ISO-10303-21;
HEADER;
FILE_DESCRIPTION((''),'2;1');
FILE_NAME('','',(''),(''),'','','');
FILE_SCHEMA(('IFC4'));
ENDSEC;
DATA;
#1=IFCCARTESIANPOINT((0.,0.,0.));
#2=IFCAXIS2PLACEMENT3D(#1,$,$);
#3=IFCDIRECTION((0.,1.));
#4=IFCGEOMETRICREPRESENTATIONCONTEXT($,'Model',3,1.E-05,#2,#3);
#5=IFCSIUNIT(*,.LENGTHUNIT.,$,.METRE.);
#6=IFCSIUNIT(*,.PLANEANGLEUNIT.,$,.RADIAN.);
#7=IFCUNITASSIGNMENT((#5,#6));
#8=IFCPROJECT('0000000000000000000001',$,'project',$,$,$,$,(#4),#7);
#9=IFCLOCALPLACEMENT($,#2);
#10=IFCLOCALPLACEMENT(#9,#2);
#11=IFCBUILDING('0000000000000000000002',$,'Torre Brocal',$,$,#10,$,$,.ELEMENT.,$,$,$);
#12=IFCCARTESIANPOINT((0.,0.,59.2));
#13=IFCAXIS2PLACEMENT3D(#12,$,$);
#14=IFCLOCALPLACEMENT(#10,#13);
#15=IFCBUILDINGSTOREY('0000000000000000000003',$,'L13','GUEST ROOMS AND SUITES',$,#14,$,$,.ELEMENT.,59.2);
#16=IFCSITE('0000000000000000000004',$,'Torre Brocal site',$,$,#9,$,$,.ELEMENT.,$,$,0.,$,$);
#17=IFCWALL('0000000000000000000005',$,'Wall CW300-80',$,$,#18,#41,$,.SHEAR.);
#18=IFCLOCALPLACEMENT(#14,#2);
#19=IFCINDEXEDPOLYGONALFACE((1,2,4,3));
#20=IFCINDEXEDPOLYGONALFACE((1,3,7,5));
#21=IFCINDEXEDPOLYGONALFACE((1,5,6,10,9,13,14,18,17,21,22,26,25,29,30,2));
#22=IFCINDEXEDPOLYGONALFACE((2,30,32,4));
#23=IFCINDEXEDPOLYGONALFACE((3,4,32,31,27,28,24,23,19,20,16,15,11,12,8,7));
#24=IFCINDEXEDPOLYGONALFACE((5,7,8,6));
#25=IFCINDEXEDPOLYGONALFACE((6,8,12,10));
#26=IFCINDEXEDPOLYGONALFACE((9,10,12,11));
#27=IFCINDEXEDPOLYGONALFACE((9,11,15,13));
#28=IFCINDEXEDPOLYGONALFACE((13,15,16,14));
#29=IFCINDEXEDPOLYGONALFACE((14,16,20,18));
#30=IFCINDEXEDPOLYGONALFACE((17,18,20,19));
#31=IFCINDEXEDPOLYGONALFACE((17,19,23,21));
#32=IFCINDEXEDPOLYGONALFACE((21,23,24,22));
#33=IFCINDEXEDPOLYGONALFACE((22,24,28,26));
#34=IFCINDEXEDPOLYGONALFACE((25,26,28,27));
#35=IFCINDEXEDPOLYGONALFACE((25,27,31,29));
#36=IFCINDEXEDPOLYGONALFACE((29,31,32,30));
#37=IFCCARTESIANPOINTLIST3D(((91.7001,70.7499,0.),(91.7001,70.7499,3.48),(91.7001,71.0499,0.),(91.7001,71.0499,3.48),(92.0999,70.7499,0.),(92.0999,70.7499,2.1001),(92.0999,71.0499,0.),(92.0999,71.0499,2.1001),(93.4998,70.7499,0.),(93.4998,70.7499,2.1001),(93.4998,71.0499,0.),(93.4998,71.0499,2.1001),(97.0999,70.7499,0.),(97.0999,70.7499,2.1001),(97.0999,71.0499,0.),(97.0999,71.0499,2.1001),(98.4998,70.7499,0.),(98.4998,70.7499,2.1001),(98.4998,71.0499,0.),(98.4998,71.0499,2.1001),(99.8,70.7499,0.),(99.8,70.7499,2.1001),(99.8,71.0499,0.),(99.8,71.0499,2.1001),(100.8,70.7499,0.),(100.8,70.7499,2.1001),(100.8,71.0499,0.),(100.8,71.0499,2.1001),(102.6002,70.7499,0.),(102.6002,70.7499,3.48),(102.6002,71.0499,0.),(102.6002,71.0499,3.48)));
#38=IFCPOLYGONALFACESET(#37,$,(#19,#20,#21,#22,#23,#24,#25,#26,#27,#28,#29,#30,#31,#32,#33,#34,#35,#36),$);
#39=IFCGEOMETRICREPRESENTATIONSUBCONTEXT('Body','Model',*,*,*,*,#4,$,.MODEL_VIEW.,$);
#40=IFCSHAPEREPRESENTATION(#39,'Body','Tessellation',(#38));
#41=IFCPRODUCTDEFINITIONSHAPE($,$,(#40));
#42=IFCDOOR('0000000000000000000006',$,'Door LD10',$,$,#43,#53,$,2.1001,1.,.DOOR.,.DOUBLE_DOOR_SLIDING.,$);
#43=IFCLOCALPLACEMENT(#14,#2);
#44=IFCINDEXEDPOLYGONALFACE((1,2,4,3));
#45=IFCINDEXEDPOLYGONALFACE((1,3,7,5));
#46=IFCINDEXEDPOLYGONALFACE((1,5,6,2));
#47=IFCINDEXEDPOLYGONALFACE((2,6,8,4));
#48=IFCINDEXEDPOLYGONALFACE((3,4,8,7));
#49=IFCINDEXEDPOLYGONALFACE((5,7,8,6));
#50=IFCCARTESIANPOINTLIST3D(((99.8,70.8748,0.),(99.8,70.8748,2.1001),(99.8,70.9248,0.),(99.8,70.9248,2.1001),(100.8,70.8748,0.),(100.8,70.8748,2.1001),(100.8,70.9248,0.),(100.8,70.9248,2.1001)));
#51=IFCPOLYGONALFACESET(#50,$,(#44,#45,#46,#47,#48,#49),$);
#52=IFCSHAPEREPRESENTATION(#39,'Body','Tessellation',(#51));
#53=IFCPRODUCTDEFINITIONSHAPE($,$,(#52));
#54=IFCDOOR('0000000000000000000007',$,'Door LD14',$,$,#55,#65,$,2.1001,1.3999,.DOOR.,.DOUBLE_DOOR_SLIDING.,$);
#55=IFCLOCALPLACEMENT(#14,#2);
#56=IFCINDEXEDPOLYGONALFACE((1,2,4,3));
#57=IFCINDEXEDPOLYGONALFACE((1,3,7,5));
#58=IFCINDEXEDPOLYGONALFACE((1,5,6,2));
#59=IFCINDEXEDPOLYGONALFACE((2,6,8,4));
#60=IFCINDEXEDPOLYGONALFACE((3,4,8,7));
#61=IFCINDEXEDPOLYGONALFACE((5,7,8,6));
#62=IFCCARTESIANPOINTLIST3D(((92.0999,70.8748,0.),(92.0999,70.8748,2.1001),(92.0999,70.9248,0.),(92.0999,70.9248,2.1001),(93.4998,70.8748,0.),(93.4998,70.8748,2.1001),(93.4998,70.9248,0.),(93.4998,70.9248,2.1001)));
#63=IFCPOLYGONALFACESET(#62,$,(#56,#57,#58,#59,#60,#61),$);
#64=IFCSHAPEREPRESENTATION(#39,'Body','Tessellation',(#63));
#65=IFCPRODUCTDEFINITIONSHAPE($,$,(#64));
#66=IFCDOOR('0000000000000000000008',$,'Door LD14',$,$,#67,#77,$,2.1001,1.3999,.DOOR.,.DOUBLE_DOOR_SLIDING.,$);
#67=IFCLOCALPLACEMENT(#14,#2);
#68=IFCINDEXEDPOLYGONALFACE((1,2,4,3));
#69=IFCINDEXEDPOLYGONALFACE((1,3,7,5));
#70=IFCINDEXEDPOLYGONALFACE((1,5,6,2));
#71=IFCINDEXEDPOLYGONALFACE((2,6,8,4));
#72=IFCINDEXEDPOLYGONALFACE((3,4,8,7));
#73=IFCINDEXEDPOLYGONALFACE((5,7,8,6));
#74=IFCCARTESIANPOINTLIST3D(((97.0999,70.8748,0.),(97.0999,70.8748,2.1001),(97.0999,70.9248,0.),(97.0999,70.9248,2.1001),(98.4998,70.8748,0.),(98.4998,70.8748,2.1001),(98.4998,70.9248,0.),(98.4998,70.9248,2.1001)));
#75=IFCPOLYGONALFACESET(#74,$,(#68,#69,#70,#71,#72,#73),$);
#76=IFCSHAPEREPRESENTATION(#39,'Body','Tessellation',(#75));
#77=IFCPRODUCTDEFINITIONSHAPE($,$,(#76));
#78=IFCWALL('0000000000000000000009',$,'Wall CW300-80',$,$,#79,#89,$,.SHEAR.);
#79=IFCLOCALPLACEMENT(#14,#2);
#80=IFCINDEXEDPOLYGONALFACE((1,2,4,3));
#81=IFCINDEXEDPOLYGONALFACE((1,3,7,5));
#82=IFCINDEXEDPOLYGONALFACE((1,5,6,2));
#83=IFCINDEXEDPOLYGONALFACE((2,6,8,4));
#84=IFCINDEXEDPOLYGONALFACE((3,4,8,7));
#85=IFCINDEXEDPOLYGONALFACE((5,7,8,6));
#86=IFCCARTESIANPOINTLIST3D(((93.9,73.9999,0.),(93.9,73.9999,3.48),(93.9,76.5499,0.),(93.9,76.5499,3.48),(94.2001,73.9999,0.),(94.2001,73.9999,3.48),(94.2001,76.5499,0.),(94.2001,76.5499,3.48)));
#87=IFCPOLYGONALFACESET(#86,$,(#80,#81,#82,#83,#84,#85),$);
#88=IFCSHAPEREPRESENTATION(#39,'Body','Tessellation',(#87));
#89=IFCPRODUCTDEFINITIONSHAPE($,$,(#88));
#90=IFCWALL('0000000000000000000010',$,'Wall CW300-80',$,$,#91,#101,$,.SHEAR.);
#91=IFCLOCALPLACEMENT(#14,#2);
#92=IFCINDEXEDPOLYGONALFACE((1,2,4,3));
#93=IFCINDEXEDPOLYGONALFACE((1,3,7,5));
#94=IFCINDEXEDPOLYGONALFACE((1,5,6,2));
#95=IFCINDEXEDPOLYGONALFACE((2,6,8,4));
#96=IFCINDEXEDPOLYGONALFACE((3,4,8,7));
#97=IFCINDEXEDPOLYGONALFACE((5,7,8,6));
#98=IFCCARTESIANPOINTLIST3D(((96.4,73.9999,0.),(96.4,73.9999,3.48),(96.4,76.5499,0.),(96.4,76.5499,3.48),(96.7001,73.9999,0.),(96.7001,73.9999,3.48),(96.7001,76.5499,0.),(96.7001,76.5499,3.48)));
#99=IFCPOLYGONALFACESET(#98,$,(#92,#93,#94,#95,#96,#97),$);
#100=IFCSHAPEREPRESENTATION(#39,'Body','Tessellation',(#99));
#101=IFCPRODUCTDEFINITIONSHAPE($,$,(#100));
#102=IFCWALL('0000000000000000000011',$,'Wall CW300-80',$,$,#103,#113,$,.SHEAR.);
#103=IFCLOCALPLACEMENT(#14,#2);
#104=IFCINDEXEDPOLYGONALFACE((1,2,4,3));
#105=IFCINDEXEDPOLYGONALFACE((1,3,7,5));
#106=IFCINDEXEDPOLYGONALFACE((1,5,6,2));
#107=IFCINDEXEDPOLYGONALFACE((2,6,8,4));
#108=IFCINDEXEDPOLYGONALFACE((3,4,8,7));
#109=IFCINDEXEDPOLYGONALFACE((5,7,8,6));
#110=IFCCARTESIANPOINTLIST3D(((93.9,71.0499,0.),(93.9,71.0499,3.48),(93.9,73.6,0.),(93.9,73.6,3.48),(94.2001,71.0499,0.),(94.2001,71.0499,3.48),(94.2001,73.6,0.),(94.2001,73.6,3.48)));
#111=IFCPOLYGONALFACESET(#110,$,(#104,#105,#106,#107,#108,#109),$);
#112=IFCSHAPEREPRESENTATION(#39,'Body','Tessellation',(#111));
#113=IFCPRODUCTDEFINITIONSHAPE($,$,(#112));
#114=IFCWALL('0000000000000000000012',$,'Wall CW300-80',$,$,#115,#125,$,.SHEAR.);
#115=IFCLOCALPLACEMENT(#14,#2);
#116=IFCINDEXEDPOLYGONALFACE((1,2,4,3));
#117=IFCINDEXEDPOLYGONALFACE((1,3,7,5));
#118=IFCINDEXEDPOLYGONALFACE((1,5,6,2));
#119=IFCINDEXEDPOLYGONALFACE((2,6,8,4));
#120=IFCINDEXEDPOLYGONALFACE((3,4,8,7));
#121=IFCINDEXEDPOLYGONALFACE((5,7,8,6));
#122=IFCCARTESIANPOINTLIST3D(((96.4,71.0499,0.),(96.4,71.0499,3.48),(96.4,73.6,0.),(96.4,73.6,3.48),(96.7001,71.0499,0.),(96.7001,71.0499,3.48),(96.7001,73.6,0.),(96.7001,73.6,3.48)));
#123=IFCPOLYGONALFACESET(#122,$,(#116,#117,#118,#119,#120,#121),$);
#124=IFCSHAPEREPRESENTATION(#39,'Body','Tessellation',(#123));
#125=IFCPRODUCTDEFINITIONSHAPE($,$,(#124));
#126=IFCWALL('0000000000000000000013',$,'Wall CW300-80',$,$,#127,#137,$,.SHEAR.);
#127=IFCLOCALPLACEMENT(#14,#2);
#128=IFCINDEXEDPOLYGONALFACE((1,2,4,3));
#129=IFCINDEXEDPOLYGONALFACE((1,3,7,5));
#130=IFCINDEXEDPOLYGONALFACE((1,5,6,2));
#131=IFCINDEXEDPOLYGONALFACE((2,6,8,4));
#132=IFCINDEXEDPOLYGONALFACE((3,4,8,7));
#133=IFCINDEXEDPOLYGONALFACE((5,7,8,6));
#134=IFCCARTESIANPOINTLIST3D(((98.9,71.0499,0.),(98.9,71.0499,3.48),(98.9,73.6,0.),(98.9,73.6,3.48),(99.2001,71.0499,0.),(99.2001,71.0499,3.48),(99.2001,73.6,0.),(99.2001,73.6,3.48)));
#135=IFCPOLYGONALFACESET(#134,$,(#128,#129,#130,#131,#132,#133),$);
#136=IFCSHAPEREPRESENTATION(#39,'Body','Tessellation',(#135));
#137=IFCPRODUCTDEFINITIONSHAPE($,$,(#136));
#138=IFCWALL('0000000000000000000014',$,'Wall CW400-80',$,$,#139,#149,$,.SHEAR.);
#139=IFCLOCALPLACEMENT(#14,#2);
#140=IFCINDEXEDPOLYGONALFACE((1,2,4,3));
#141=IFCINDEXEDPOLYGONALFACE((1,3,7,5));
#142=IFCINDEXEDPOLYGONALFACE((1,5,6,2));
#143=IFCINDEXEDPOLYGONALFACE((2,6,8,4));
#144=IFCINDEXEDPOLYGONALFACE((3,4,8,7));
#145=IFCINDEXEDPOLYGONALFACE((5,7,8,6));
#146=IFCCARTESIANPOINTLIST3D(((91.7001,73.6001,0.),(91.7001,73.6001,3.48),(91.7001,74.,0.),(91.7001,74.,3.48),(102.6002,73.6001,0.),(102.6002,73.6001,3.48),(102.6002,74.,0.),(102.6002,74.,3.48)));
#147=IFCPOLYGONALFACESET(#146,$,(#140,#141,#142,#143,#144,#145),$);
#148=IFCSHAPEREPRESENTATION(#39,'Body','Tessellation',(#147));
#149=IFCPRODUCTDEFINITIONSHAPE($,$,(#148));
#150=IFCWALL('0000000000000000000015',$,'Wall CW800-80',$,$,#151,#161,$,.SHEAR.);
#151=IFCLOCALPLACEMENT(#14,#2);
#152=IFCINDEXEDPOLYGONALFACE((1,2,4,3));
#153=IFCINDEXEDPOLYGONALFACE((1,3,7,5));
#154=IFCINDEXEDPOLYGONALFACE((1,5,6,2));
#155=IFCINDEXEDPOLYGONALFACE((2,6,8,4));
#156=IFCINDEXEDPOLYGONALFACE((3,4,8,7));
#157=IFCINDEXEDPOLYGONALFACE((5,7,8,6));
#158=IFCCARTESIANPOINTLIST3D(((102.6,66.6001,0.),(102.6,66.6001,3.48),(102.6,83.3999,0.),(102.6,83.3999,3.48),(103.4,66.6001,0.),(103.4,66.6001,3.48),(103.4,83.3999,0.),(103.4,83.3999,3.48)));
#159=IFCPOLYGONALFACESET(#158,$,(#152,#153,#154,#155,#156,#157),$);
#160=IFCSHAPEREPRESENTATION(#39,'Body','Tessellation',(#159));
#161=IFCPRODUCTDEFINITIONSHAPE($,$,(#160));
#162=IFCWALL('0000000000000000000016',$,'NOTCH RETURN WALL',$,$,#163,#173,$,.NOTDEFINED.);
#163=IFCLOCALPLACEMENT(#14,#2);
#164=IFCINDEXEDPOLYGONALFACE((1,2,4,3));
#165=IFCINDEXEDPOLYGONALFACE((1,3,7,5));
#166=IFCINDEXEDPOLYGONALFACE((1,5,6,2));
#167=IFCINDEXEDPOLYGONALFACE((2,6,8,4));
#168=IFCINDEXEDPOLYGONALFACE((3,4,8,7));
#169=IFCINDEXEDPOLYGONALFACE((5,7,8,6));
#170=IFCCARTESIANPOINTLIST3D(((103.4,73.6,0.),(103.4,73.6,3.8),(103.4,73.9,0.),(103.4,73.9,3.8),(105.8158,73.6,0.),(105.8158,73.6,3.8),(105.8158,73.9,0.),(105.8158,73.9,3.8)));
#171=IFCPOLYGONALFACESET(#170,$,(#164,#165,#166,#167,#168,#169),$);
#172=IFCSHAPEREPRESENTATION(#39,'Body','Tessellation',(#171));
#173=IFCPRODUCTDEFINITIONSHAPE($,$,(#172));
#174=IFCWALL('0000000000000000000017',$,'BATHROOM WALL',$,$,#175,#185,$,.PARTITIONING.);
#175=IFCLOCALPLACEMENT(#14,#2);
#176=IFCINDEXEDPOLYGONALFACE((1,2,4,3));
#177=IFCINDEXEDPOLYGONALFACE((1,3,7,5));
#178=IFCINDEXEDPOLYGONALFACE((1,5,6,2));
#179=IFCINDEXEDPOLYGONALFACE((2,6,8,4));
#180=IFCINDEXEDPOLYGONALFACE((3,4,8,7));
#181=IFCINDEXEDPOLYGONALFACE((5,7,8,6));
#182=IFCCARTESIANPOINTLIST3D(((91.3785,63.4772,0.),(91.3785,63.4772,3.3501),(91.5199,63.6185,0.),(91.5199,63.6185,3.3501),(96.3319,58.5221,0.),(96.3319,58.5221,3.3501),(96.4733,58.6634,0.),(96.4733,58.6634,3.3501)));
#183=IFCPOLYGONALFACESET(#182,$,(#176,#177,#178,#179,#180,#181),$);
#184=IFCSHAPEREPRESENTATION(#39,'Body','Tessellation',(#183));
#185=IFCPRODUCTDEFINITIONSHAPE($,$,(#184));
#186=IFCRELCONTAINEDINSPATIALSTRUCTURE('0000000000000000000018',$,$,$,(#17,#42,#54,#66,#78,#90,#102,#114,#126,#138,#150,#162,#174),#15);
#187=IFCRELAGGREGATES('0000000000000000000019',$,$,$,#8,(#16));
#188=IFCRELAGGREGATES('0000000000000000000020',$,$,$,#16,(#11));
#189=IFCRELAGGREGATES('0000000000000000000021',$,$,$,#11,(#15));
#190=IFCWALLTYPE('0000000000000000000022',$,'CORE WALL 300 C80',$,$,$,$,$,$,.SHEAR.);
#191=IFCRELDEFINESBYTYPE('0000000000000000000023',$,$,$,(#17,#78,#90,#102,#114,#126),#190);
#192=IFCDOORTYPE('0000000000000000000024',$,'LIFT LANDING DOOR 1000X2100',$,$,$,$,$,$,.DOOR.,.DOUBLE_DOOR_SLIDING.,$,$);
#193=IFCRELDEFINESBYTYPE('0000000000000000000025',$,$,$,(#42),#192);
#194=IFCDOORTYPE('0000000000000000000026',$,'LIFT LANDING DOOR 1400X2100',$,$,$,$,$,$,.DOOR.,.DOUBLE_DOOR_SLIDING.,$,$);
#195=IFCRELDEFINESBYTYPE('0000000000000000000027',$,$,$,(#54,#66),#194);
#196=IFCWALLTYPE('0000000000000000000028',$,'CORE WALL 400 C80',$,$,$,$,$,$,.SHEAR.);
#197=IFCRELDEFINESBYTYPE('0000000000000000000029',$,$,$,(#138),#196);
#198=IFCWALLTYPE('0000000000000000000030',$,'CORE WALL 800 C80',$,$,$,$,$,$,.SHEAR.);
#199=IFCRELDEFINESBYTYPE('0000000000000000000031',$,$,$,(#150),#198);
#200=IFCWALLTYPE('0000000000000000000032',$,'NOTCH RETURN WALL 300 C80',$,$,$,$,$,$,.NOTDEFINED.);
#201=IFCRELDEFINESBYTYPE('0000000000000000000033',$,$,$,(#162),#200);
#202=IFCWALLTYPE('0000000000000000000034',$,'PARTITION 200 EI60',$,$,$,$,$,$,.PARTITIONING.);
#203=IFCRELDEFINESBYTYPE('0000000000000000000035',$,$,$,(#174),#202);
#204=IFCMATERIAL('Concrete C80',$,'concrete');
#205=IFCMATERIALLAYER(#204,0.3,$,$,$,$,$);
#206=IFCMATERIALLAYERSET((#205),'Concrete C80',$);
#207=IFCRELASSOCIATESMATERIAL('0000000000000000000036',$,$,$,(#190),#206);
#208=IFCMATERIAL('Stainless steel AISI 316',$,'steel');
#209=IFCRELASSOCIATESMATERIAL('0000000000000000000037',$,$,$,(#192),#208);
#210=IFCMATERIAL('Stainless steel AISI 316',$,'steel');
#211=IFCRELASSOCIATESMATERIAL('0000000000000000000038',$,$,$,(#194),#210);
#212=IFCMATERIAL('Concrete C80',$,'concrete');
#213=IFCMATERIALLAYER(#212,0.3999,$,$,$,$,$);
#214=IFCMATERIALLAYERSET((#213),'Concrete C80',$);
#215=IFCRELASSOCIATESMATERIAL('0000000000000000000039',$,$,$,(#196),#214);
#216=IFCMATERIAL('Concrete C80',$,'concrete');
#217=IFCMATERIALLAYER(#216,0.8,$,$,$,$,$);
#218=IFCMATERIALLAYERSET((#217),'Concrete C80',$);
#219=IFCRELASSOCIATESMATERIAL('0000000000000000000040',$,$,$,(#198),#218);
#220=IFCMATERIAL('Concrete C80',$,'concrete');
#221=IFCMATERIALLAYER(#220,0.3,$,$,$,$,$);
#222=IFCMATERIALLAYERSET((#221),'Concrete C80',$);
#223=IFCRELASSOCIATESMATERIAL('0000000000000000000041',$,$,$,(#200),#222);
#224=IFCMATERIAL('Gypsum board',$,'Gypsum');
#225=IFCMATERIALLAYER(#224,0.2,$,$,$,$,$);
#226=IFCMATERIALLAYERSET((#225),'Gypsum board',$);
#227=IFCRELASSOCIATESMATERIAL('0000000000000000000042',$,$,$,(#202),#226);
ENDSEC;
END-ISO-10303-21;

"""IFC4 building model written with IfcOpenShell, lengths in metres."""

from ifc_helpers import new_model, si_unit, direction, frame, frame_2d, origin, place, context, subcontext, project, spatial, rectangle, extrude, material, layer, layer_set, type_object, element, fill, save


model = new_model("IFC4")

# Units and contexts
model_context = context("Model", 3, precision=1e-05, world=origin(), true_north=direction((0.0, 1.0)))
body_context = subcontext(model_context, "Body", "Model", "MODEL_VIEW")
ifc_project = project(units=[si_unit("LENGTHUNIT", "METRE"), si_unit("PLANEANGLEUNIT", "RADIAN")], contexts=[model_context])

# Site, building, storey
site_placement = place(None, origin())
site = spatial("IfcSite", under=ifc_project, at=site_placement, Name="Torre Brocal site", CompositionType="ELEMENT", RefElevation=0.0)
building_placement = place(site_placement, origin())
building = spatial("IfcBuilding", under=site, at=building_placement, Name="Torre Brocal", CompositionType="ELEMENT")
storey_placement = place(building_placement, frame((0.0, 0.0, 59.2)))
storey = spatial("IfcBuildingStorey", under=building, at=storey_placement, Name="L13", Description="GUEST ROOMS AND SUITES", CompositionType="ELEMENT", Elevation=59.2)

# Shared definitions
ifc_material_1 = material(Name="Concrete C80", Category="concrete")
ifc_layer_1 = layer(ifc_material_1, 0.3)
ifc_layer_set_1 = layer_set([ifc_layer_1], Name="Concrete C80")
wall_type_1 = type_object("IfcWallType", Name="CORE WALL 300 C80", PredefinedType="SHEAR", material=ifc_layer_set_1)

# Wall, openings, doors
wall_1_placement = place(storey_placement, frame((91.7, 70.8999, 0.0), z_axis=(0.0, 0.0, 1.0), x_axis=(1.0, 0.0, 0.0)))
wall_1 = element("IfcWall", 1, at=wall_1_placement, inside=storey, type_object=wall_type_1, Name="Wall CW300-80", PredefinedType="SHEAR", context=body_context, shape_type="SweptSolid", body=[
    extrude(rectangle(XDim=10.9001, YDim=0.3, at=frame_2d((5.4502, 0.0))), origin(), (0.0, 0.0, 1.0), 3.48),
])
opening_1_placement = place(wall_1_placement, frame((0.3999, 0.0, 0.0)))
opening_1 = element("IfcOpeningElement", 2, at=opening_1_placement, cuts=wall_1, PredefinedType="OPENING", context=body_context, shape_type="SweptSolid", body=[
    extrude(rectangle(XDim=1.3999, YDim=2.1001, at=frame_2d((0.7, 1.05))), frame((0.0, 0.1599, 0.0), z_axis=(0.0, -1.0, 0.0), x_axis=(1.0, 0.0, 0.0)), (0.0, 0.0, 1.0), 0.3201),
])
opening_2_placement = place(wall_1_placement, frame((5.3999, 0.0, 0.0)))
opening_2 = element("IfcOpeningElement", 3, at=opening_2_placement, cuts=wall_1, PredefinedType="OPENING", context=body_context, shape_type="SweptSolid", body=[
    extrude(rectangle(XDim=1.3999, YDim=2.1001, at=frame_2d((0.7, 1.05))), frame((0.0, 0.1599, 0.0), z_axis=(0.0, -1.0, 0.0), x_axis=(1.0, 0.0, 0.0)), (0.0, 0.0, 1.0), 0.3201),
])
opening_3_placement = place(wall_1_placement, frame((8.1001, 0.0, 0.0)))
opening_3 = element("IfcOpeningElement", 4, at=opening_3_placement, cuts=wall_1, PredefinedType="OPENING", context=body_context, shape_type="SweptSolid", body=[
    extrude(rectangle(XDim=1.0, YDim=2.1001, at=frame_2d((0.5, 1.05))), frame((0.0, 0.1599, 0.0), z_axis=(0.0, -1.0, 0.0), x_axis=(1.0, 0.0, 0.0)), (0.0, 0.0, 1.0), 0.3201),
])
ifc_material_2 = material(Name="Stainless steel AISI 316", Category="steel")
door_type_1 = type_object("IfcDoorType", Name="LIFT LANDING DOOR 1000X2100", OperationType="DOUBLE_DOOR_SLIDING", PredefinedType="DOOR", material=ifc_material_2)
door_1_placement = place(opening_3_placement, origin())
door_1 = element("IfcDoor", 5, at=door_1_placement, inside=storey, type_object=door_type_1, Name="Door LD10", OperationType="DOUBLE_DOOR_SLIDING", OverallHeight=2.1001, OverallWidth=1.0, PredefinedType="DOOR", context=body_context, shape_type="SweptSolid", body=[
    extrude(rectangle(XDim=1.0, YDim=2.1001, at=frame_2d((0.5, 1.05))), frame((0.0, 0.0249, 0.0), z_axis=(0.0, -1.0, 0.0), x_axis=(1.0, 0.0, 0.0)), (0.0, 0.0, 1.0), 0.05),
])
fill(opening_3, door_1)
ifc_material_3 = material(Name="Stainless steel AISI 316", Category="steel")
door_type_2 = type_object("IfcDoorType", Name="LIFT LANDING DOOR 1400X2100", OperationType="DOUBLE_DOOR_SLIDING", PredefinedType="DOOR", material=ifc_material_3)
door_2_placement = place(opening_1_placement, origin())
door_2 = element("IfcDoor", 6, at=door_2_placement, inside=storey, type_object=door_type_2, Name="Door LD14", OperationType="DOUBLE_DOOR_SLIDING", OverallHeight=2.1001, OverallWidth=1.3999, PredefinedType="DOOR", context=body_context, shape_type="SweptSolid", body=[
    extrude(rectangle(XDim=1.3999, YDim=2.1001, at=frame_2d((0.7, 1.05))), frame((0.0, 0.0249, 0.0), z_axis=(0.0, -1.0, 0.0), x_axis=(1.0, 0.0, 0.0)), (0.0, 0.0, 1.0), 0.05),
])
fill(opening_1, door_2)
door_3_placement = place(opening_2_placement, origin())
door_3 = element("IfcDoor", 7, at=door_3_placement, inside=storey, type_object=door_type_2, Name="Door LD14", OperationType="DOUBLE_DOOR_SLIDING", OverallHeight=2.1001, OverallWidth=1.3999, PredefinedType="DOOR", context=body_context, shape_type="SweptSolid", body=[
    extrude(rectangle(XDim=1.3999, YDim=2.1001, at=frame_2d((0.7, 1.05))), frame((0.0, 0.0249, 0.0), z_axis=(0.0, -1.0, 0.0), x_axis=(1.0, 0.0, 0.0)), (0.0, 0.0, 1.0), 0.05),
])
fill(opening_2, door_3)

# Walls
for number, where, z_axis, x_axis, name in (
    (8, (94.05, 74.0, 0.0), (0.0, 0.0, 1.0), (0.0, 1.0, 0.0), "Wall CW300-80"),
    (9, (96.55, 74.0, 0.0), (0.0, 0.0, 1.0), (0.0, 1.0, 0.0), "Wall CW300-80"),
    (10, (94.05, 71.05, 0.0), (0.0, 0.0, 1.0), (0.0, 1.0, 0.0), "Wall CW300-80"),
    (11, (96.55, 71.05, 0.0), (0.0, 0.0, 1.0), (0.0, 1.0, 0.0), "Wall CW300-80"),
    (12, (99.05, 71.05, 0.0), (0.0, 0.0, 1.0), (0.0, 1.0, 0.0), "Wall CW300-80"),
):
    element("IfcWall", number, at=place(storey_placement, frame(where, z_axis=z_axis, x_axis=x_axis)), inside=storey, type_object=wall_type_1, Name=name, PredefinedType="SHEAR", context=body_context, shape_type="SweptSolid", body=[
        extrude(rectangle(XDim=2.55, YDim=0.3, at=frame_2d((1.2749, 0.0))), origin(), (0.0, 0.0, 1.0), 3.48),
    ])
ifc_material_4 = material(Name="Concrete C80", Category="concrete")
ifc_layer_2 = layer(ifc_material_4, 0.3999)
ifc_layer_set_2 = layer_set([ifc_layer_2], Name="Concrete C80")
wall_type_2 = type_object("IfcWallType", Name="CORE WALL 400 C80", PredefinedType="SHEAR", material=ifc_layer_set_2)
wall_2_placement = place(storey_placement, frame((91.7, 73.8, 0.0), z_axis=(0.0, 0.0, 1.0), x_axis=(1.0, 0.0, 0.0)))
element("IfcWall", 13, at=wall_2_placement, inside=storey, type_object=wall_type_2, Name="Wall CW400-80", PredefinedType="SHEAR", context=body_context, shape_type="SweptSolid", body=[
    extrude(rectangle(XDim=10.9001, YDim=0.3999, at=frame_2d((5.4502, 0.0))), origin(), (0.0, 0.0, 1.0), 3.48),
])
ifc_material_5 = material(Name="Concrete C80", Category="concrete")
ifc_layer_3 = layer(ifc_material_5, 0.8)
ifc_layer_set_3 = layer_set([ifc_layer_3], Name="Concrete C80")
wall_type_3 = type_object("IfcWallType", Name="CORE WALL 800 C80", PredefinedType="SHEAR", material=ifc_layer_set_3)
wall_3_placement = place(storey_placement, frame((103.0, 66.6001, 0.0), z_axis=(0.0, 0.0, 1.0), x_axis=(0.0, 1.0, 0.0)))
element("IfcWall", 14, at=wall_3_placement, inside=storey, type_object=wall_type_3, Name="Wall CW800-80", PredefinedType="SHEAR", context=body_context, shape_type="SweptSolid", body=[
    extrude(rectangle(XDim=16.7998, YDim=0.8, at=frame_2d((8.3999, 0.0))), origin(), (0.0, 0.0, 1.0), 3.48),
])
ifc_material_6 = material(Name="Concrete C80", Category="concrete")
ifc_layer_4 = layer(ifc_material_6, 0.3)
ifc_layer_set_4 = layer_set([ifc_layer_4], Name="Concrete C80")
wall_type_4 = type_object("IfcWallType", Name="NOTCH RETURN WALL 300 C80", PredefinedType="NOTDEFINED", material=ifc_layer_set_4)
wall_4_placement = place(storey_placement, frame((103.3999, 73.75, 0.0), z_axis=(0.0, 0.0, 1.0), x_axis=(1.0, 0.0, 0.0)))
element("IfcWall", 15, at=wall_4_placement, inside=storey, type_object=wall_type_4, Name="NOTCH RETURN WALL", PredefinedType="NOTDEFINED", context=body_context, shape_type="SweptSolid", body=[
    extrude(rectangle(XDim=2.4158, YDim=0.3, at=frame_2d((1.208, 0.0))), origin(), (0.0, 0.0, 1.0), 3.8),
])
ifc_material_7 = material(Name="Gypsum board", Category="Gypsum")
ifc_layer_5 = layer(ifc_material_7, 0.2)
ifc_layer_set_5 = layer_set([ifc_layer_5], Name="Gypsum board")
wall_type_5 = type_object("IfcWallType", Name="PARTITION 200 EI60", PredefinedType="PARTITIONING", material=ifc_layer_set_5)
wall_5_placement = place(storey_placement, frame((91.4492, 63.5479, 0.0), z_axis=(0.0, 0.0, 1.0), x_axis=(0.706985, -0.707229, 0.0)))
element("IfcWall", 16, at=wall_5_placement, inside=storey, type_object=wall_type_5, Name="BATHROOM WALL", PredefinedType="PARTITIONING", context=body_context, shape_type="SweptSolid", body=[
    extrude(rectangle(XDim=7.0063, YDim=0.2, at=frame_2d((3.5032, 0.0))), origin(), (0.0, 0.0, 1.0), 3.3501),
])

save(model, "model.ifc")
